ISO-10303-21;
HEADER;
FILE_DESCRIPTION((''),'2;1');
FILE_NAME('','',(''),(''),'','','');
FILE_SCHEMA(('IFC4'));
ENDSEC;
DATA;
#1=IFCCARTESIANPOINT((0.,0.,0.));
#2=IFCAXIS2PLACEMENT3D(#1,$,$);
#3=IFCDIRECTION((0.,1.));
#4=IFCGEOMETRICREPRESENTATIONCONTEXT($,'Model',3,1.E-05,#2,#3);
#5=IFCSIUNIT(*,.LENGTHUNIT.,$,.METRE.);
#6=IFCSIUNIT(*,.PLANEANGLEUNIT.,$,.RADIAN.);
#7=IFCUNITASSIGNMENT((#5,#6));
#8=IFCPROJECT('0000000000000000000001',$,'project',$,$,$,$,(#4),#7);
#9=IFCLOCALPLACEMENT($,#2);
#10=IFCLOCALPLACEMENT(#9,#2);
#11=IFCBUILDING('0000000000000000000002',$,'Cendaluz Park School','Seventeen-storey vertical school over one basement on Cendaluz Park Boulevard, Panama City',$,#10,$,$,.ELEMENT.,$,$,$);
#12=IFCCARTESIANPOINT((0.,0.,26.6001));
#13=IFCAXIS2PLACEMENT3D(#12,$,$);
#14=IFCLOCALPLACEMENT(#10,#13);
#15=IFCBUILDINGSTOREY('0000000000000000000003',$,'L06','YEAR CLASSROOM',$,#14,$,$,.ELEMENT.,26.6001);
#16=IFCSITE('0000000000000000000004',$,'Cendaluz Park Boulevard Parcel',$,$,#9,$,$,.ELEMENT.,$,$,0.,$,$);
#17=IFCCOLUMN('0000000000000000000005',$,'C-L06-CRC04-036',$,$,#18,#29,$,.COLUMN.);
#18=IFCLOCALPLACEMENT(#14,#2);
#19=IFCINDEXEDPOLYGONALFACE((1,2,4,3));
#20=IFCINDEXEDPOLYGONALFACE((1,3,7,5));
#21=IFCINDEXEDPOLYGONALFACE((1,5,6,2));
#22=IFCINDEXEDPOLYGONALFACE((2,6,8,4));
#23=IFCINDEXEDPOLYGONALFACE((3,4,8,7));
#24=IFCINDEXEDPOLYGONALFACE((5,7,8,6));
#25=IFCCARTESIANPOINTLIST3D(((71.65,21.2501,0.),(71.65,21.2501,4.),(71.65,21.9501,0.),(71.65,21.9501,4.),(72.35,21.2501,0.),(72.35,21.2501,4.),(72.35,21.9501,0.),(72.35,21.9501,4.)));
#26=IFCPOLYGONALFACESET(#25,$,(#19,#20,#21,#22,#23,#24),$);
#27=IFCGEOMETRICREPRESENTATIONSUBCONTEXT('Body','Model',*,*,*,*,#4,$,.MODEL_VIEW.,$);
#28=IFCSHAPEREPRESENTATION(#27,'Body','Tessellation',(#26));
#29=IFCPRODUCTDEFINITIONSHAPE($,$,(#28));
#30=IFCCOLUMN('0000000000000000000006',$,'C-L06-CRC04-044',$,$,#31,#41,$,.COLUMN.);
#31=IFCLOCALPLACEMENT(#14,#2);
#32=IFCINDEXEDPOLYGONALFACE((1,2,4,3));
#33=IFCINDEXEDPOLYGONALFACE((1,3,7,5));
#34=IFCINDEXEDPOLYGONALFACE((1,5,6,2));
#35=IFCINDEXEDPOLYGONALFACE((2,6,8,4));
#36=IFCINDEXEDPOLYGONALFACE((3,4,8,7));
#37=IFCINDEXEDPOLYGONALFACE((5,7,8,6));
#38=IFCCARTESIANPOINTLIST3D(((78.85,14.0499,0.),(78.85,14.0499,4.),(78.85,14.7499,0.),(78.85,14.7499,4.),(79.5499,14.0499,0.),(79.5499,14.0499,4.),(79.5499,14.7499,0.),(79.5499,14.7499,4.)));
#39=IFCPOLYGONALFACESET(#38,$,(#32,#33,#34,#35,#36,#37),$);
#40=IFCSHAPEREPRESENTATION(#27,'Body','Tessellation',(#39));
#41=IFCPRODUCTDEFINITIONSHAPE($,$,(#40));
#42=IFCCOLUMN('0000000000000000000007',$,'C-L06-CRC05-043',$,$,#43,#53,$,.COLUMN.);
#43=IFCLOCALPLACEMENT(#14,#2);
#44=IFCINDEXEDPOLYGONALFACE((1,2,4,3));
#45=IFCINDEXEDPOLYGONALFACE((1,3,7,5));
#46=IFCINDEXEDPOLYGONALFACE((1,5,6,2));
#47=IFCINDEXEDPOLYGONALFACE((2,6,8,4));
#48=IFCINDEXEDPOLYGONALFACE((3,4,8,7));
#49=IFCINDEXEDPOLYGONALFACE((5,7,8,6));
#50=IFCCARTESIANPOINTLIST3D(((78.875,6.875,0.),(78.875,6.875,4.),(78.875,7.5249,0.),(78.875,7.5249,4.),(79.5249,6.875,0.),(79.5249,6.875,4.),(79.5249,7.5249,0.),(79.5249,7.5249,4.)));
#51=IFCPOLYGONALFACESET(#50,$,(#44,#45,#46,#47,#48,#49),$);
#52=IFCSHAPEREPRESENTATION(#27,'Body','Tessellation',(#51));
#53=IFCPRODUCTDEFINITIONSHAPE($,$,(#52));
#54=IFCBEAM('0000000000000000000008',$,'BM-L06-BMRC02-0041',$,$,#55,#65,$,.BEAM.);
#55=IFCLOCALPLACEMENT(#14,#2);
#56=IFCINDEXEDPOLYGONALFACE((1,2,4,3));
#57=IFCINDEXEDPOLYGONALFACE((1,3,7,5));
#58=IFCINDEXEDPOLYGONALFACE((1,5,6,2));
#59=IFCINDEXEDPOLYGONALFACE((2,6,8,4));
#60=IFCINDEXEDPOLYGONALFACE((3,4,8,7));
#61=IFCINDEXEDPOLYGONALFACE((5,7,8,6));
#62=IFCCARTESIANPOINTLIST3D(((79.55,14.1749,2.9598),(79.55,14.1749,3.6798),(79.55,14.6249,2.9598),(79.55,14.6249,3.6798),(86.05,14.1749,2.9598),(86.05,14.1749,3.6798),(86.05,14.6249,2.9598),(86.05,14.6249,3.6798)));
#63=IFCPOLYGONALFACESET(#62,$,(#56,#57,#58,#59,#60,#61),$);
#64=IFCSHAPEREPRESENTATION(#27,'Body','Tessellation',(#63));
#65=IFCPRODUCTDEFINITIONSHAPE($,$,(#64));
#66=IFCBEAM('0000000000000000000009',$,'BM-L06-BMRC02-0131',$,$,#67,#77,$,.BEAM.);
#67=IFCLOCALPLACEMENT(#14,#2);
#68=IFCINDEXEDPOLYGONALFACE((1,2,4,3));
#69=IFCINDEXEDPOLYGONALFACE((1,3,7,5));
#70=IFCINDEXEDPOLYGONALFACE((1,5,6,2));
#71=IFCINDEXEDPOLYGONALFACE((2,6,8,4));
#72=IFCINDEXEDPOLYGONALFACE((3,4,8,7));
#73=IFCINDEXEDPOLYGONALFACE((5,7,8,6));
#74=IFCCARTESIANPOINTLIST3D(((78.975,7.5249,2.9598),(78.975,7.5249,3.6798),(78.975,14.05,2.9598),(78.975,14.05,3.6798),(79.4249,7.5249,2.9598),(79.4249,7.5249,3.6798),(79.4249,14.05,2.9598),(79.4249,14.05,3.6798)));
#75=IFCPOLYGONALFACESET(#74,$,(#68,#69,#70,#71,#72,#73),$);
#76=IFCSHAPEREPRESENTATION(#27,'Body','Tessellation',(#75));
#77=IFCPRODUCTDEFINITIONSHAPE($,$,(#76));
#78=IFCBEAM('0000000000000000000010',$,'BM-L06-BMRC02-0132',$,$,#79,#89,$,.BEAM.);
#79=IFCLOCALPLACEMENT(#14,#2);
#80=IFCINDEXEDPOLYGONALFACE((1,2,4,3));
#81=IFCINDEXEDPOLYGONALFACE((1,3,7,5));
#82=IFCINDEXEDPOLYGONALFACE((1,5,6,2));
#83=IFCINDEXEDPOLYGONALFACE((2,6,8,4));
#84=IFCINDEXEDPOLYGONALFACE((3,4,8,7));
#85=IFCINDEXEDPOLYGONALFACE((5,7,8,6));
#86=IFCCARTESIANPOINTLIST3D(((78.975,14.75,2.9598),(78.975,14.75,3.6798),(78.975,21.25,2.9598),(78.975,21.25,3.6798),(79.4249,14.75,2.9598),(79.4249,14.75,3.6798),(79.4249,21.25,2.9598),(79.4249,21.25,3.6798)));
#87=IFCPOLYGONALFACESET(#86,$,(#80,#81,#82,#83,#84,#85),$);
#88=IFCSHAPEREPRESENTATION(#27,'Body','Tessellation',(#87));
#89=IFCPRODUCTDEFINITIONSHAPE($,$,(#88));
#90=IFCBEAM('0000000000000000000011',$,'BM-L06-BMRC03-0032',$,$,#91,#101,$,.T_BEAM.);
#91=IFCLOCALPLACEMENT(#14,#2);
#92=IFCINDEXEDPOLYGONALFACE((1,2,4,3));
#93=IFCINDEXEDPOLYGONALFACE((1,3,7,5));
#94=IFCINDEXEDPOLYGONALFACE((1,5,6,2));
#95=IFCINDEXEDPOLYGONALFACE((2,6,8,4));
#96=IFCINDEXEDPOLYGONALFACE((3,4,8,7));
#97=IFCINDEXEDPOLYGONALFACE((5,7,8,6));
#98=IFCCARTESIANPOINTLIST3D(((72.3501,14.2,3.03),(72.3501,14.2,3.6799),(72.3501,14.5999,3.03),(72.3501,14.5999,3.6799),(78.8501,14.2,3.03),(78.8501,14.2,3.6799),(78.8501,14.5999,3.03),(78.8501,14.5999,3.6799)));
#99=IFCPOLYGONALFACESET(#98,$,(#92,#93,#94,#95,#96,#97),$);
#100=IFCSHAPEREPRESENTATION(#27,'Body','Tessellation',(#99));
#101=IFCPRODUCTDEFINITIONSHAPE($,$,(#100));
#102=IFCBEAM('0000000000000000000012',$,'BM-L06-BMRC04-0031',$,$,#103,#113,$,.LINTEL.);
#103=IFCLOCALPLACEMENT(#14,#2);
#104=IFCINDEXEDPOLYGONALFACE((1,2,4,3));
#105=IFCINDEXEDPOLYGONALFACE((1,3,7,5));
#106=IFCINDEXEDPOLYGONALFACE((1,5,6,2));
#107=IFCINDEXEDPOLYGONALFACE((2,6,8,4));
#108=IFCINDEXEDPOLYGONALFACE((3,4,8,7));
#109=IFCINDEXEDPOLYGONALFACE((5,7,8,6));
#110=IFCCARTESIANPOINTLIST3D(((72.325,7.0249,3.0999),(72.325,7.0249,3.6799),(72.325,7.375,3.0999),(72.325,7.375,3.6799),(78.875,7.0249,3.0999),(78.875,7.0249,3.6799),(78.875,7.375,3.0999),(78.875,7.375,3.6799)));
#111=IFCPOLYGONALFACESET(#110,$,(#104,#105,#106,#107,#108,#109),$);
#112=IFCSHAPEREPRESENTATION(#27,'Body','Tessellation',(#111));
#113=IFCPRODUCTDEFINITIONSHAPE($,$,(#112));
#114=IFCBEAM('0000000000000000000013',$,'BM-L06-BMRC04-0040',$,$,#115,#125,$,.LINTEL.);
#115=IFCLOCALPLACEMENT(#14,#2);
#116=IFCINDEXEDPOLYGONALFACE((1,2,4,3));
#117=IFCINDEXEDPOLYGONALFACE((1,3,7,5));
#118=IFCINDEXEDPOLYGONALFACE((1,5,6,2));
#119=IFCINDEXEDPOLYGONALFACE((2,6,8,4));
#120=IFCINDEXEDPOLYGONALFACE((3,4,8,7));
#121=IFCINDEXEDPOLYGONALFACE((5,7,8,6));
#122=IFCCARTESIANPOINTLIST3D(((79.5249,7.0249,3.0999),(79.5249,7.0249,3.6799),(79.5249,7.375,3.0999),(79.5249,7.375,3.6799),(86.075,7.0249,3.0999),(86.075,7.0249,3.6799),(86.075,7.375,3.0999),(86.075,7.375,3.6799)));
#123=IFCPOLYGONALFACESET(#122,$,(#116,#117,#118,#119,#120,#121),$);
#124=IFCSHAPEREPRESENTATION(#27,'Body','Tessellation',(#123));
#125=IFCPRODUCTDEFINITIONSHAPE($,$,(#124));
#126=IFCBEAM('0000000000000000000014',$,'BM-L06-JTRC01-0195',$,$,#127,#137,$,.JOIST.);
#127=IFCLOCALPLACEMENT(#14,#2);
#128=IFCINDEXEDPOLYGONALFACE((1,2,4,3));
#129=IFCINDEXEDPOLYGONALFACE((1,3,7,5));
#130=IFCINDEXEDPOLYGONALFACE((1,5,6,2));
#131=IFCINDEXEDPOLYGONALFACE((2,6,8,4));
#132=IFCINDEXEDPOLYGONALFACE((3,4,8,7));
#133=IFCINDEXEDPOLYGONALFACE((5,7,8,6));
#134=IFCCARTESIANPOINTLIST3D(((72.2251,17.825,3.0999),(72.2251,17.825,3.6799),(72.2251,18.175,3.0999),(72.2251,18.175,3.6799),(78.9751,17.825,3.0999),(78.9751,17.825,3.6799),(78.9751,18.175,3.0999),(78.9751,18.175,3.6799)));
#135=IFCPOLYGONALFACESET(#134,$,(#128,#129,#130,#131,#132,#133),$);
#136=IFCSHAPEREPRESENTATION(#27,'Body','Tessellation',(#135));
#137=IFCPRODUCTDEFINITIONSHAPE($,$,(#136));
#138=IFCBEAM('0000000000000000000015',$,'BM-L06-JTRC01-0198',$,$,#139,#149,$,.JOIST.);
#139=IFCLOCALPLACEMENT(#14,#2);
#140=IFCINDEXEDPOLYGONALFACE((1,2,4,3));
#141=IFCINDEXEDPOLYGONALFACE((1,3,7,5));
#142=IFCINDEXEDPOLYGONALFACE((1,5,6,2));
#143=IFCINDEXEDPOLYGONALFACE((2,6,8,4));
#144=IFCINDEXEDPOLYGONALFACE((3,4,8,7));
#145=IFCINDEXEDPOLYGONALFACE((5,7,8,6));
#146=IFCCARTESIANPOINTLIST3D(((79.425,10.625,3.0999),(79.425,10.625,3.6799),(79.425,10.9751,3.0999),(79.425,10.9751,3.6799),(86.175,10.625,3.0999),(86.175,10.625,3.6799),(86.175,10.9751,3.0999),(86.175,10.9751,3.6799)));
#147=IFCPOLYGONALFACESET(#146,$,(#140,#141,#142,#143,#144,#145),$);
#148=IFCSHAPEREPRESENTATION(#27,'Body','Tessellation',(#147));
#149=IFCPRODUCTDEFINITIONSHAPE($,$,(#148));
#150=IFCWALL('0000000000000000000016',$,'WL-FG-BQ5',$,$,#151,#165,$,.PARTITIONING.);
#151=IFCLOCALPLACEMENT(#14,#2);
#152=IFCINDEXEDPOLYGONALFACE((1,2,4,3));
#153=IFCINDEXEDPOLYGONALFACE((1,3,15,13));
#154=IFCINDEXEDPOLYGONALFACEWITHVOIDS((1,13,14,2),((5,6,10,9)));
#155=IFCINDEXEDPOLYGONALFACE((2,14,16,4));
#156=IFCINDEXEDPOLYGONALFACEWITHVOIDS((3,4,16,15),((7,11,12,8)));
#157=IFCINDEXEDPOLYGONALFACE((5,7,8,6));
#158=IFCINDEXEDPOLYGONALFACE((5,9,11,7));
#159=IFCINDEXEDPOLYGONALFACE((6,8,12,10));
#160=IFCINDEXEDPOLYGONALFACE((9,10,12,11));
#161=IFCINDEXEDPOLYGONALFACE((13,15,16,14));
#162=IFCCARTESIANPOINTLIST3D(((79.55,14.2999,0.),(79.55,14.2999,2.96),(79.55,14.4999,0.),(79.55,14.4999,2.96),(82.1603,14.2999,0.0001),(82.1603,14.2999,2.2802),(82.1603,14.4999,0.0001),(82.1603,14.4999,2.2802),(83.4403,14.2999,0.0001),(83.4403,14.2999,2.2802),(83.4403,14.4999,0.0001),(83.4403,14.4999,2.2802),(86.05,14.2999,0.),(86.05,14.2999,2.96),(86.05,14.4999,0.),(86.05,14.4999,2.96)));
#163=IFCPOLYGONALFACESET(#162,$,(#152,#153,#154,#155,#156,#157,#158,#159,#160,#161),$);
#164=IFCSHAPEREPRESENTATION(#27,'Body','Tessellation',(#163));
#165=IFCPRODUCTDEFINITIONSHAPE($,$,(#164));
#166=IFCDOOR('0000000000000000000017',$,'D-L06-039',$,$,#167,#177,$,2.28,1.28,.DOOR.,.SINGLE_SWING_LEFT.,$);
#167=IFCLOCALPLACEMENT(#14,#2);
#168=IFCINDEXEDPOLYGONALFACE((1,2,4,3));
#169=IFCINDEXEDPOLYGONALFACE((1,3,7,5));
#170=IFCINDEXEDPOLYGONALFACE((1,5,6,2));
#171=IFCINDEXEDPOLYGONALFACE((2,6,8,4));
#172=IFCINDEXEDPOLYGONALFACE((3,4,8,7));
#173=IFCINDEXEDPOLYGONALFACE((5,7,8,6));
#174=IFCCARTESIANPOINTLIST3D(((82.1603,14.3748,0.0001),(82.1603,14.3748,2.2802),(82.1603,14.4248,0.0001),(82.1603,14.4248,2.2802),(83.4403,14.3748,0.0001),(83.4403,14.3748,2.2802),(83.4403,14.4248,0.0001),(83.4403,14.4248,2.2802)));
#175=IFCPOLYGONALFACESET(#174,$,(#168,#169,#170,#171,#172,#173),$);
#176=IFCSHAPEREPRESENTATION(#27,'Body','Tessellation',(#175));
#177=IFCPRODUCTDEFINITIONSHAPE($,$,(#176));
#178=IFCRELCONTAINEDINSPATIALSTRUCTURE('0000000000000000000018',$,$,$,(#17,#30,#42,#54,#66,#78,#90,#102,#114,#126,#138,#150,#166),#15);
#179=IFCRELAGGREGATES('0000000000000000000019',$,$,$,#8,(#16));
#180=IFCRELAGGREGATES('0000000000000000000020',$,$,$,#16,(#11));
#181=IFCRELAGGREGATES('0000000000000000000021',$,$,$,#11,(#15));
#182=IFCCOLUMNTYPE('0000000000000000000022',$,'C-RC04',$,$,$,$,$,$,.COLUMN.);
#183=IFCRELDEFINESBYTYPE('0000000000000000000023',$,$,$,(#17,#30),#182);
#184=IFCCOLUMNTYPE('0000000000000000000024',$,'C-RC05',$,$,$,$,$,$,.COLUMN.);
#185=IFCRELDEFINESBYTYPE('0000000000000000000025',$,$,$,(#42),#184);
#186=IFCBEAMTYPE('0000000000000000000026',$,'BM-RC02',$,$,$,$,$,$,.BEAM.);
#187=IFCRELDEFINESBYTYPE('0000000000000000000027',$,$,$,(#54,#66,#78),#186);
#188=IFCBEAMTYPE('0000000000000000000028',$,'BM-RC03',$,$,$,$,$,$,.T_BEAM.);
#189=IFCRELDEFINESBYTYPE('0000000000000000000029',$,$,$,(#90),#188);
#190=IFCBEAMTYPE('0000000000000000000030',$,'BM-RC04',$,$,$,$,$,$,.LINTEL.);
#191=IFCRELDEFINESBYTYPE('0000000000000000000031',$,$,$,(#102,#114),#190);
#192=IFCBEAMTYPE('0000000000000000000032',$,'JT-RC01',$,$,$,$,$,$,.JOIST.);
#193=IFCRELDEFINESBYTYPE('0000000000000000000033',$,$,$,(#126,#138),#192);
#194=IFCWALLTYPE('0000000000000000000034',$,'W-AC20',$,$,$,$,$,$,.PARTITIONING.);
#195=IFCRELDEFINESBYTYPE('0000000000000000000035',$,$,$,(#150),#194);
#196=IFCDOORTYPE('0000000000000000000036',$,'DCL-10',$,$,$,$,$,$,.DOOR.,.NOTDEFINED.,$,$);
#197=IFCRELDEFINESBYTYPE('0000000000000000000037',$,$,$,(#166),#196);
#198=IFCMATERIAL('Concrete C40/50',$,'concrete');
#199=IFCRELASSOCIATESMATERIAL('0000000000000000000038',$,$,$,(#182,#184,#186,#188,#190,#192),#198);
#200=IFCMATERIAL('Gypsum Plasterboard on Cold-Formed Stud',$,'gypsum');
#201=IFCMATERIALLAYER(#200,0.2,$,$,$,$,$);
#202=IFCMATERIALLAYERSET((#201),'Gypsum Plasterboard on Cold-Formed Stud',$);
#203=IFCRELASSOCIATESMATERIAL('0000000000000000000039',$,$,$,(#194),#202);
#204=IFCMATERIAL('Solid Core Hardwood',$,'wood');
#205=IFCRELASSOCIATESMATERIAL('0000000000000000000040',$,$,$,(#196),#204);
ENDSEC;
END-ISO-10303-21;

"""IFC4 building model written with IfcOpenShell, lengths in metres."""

from ifc_helpers import new_model, si_unit, direction, frame, frame_2d, origin, origin_2d, place, context, subcontext, project, spatial, rectangle, extrude, material, layer, layer_set, material_profile, profile_set, type_object, element, fill, save


model = new_model("IFC4")

# Units and contexts
model_context = context("Model", 3, precision=1e-05, world=origin(), true_north=direction((0.0, 1.0)))
body_context = subcontext(model_context, "Body", "Model", "MODEL_VIEW")
ifc_project = project(units=[si_unit("LENGTHUNIT", "METRE"), si_unit("PLANEANGLEUNIT", "RADIAN")], contexts=[model_context])

# Site, building, storey
site_placement = place(None, origin())
site = spatial("IfcSite", under=ifc_project, at=site_placement, Name="Cendaluz Park Boulevard Parcel", CompositionType="ELEMENT", RefElevation=0.0)
building_placement = place(site_placement, origin())
building = spatial("IfcBuilding", under=site, at=building_placement, Name="Cendaluz Park School", Description="Seventeen-storey vertical school over one basement on Cendaluz Park Boulevard, Panama City", CompositionType="ELEMENT")
storey_placement = place(building_placement, frame((0.0, 0.0, 26.6001)))
storey = spatial("IfcBuildingStorey", under=building, at=storey_placement, Name="L06", Description="YEAR CLASSROOM", CompositionType="ELEMENT", Elevation=26.6001)

# Columns
ifc_material_1 = material(Name="Concrete C40/50", Category="concrete")
ifc_material_profile_1 = material_profile(ifc_material_1, rectangle(XDim=0.7, YDim=0.7, at=origin_2d()), Name="RC 700x700", Category="concrete")
ifc_profile_set_1 = profile_set([ifc_material_profile_1], Name="Concrete C40/50")
column_type_1 = type_object("IfcColumnType", Name="C-RC04", PredefinedType="COLUMN", material=ifc_profile_set_1)
for number, where, z_axis, x_axis, name in (
    (1, (72.0, 21.6001, 0.0), (0.0, 0.0, 1.0), (1.0, 0.0, 0.0), "C-L06-CRC04-036"),
    (2, (79.2, 14.3999, 0.0), (0.0, 0.0, 1.0), (1.0, 0.0, 0.0), "C-L06-CRC04-044"),
):
    element("IfcColumn", number, at=place(storey_placement, frame(where, z_axis=z_axis, x_axis=x_axis)), inside=storey, type_object=column_type_1, Name=name, PredefinedType="COLUMN", context=body_context, shape_type="SweptSolid", body=[
        extrude(rectangle(XDim=0.7, YDim=0.7, at=origin_2d()), origin(), (0.0, 0.0, 1.0), 4.0),
    ])
ifc_material_profile_2 = material_profile(ifc_material_1, rectangle(XDim=0.6499, YDim=0.6499, at=origin_2d()), Name="RC 650x650", Category="concrete")
ifc_profile_set_2 = profile_set([ifc_material_profile_2], Name="Concrete C40/50")
column_type_2 = type_object("IfcColumnType", Name="C-RC05", PredefinedType="COLUMN", material=ifc_profile_set_2)
column_placement = place(storey_placement, frame((79.2, 7.2, 0.0), z_axis=(0.0, 0.0, 1.0), x_axis=(1.0, 0.0, 0.0)))
element("IfcColumn", 3, at=column_placement, inside=storey, type_object=column_type_2, Name="C-L06-CRC05-043", PredefinedType="COLUMN", context=body_context, shape_type="SweptSolid", body=[
    extrude(rectangle(XDim=0.6499, YDim=0.6499, at=origin_2d()), origin(), (0.0, 0.0, 1.0), 4.0),
])

# Beams
ifc_material_profile_3 = material_profile(ifc_material_1, rectangle(XDim=0.45, YDim=0.72, at=origin_2d()), Name="RC 450x720", Category="concrete")
ifc_profile_set_3 = profile_set([ifc_material_profile_3], Name="Concrete C40/50")
beam_type_1 = type_object("IfcBeamType", Name="BM-RC02", PredefinedType="BEAM", material=ifc_profile_set_3)
beam_1_placement = place(storey_placement, frame((79.55, 14.3999, 3.3198), z_axis=(1.0, 0.0, 0.0), x_axis=(0.0, 1.0, 0.0)))
element("IfcBeam", 4, at=beam_1_placement, inside=storey, type_object=beam_type_1, Name="BM-L06-BMRC02-0041", PredefinedType="BEAM", context=body_context, shape_type="SweptSolid", body=[
    extrude(rectangle(XDim=0.45, YDim=0.72, at=origin_2d()), origin(), (0.0, 0.0, 1.0), 6.5),
])
beam_2_placement = place(storey_placement, frame((79.2, 7.5249, 3.3198), z_axis=(0.0, 1.0, 0.0), x_axis=(-1.0, 0.0, 0.0)))
element("IfcBeam", 5, at=beam_2_placement, inside=storey, type_object=beam_type_1, Name="BM-L06-BMRC02-0131", PredefinedType="BEAM", context=body_context, shape_type="SweptSolid", body=[
    extrude(rectangle(XDim=0.45, YDim=0.72, at=origin_2d()), origin(), (0.0, 0.0, 1.0), 6.5251),
])
beam_3_placement = place(storey_placement, frame((79.2, 14.75, 3.3198), z_axis=(0.0, 1.0, 0.0), x_axis=(-1.0, 0.0, 0.0)))
element("IfcBeam", 6, at=beam_3_placement, inside=storey, type_object=beam_type_1, Name="BM-L06-BMRC02-0132", PredefinedType="BEAM", context=body_context, shape_type="SweptSolid", body=[
    extrude(rectangle(XDim=0.45, YDim=0.72, at=origin_2d()), origin(), (0.0, 0.0, 1.0), 6.5),
])
ifc_material_profile_4 = material_profile(ifc_material_1, rectangle(XDim=0.3999, YDim=0.6499, at=origin_2d()), Name="RC 400x650", Category="concrete")
ifc_profile_set_4 = profile_set([ifc_material_profile_4], Name="Concrete C40/50")
beam_type_2 = type_object("IfcBeamType", Name="BM-RC03", PredefinedType="T_BEAM", material=ifc_profile_set_4)
beam_4_placement = place(storey_placement, frame((72.3501, 14.3999, 3.355), z_axis=(1.0, 0.0, 0.0), x_axis=(0.0, 1.0, 0.0)))
element("IfcBeam", 7, at=beam_4_placement, inside=storey, type_object=beam_type_2, Name="BM-L06-BMRC03-0032", PredefinedType="T_BEAM", context=body_context, shape_type="SweptSolid", body=[
    extrude(rectangle(XDim=0.3999, YDim=0.6499, at=origin_2d()), origin(), (0.0, 0.0, 1.0), 6.5),
])
ifc_material_profile_5 = material_profile(ifc_material_1, rectangle(XDim=0.3501, YDim=0.5801, at=origin_2d()), Name="RC 350x580", Category="concrete")
ifc_profile_set_5 = profile_set([ifc_material_profile_5], Name="Concrete C40/50")
beam_type_3 = type_object("IfcBeamType", Name="BM-RC04", PredefinedType="LINTEL", material=ifc_profile_set_5)
for number, where, z_axis, x_axis, name in (
    (8, (72.325, 7.2, 3.3899), (1.0, 0.0, 0.0), (0.0, 1.0, 0.0), "BM-L06-BMRC04-0031"),
    (9, (79.5249, 7.2, 3.3899), (1.0, 0.0, 0.0), (0.0, 1.0, 0.0), "BM-L06-BMRC04-0040"),
):
    element("IfcBeam", number, at=place(storey_placement, frame(where, z_axis=z_axis, x_axis=x_axis)), inside=storey, type_object=beam_type_3, Name=name, PredefinedType="LINTEL", context=body_context, shape_type="SweptSolid", body=[
        extrude(rectangle(XDim=0.3501, YDim=0.5801, at=origin_2d()), origin(), (0.0, 0.0, 1.0), 6.55),
    ])
ifc_material_profile_6 = material_profile(ifc_material_1, rectangle(XDim=0.3501, YDim=0.5801, at=origin_2d()), Name="RC 350x580", Category="concrete")
ifc_profile_set_6 = profile_set([ifc_material_profile_6], Name="Concrete C40/50")
beam_type_4 = type_object("IfcBeamType", Name="JT-RC01", PredefinedType="JOIST", material=ifc_profile_set_6)
for number, where, z_axis, x_axis, name in (
    (10, (72.2251, 18.0, 3.3899), (1.0, 0.0, 0.0), (0.0, 1.0, 0.0), "BM-L06-JTRC01-0195"),
    (11, (79.425, 10.8, 3.3899), (1.0, 0.0, 0.0), (0.0, 1.0, 0.0), "BM-L06-JTRC01-0198"),
):
    element("IfcBeam", number, at=place(storey_placement, frame(where, z_axis=z_axis, x_axis=x_axis)), inside=storey, type_object=beam_type_4, Name=name, PredefinedType="JOIST", context=body_context, shape_type="SweptSolid", body=[
        extrude(rectangle(XDim=0.3501, YDim=0.5801, at=origin_2d()), origin(), (0.0, 0.0, 1.0), 6.75),
    ])

# Wall, opening, door
ifc_material_2 = material(Name="Gypsum Plasterboard on Cold-Formed Stud", Category="gypsum")
ifc_layer_1 = layer(ifc_material_2, 0.2)
ifc_layer_set_1 = layer_set([ifc_layer_1], Name="Gypsum Plasterboard on Cold-Formed Stud")
wall_type_1 = type_object("IfcWallType", Name="W-AC20", PredefinedType="PARTITIONING", material=ifc_layer_set_1)
wall_1_placement = place(storey_placement, frame((79.55, 14.3999, 0.0), z_axis=(0.0, 0.0, 1.0), x_axis=(1.0, 0.0, 0.0)))
wall_1 = element("IfcWall", 12, at=wall_1_placement, inside=storey, type_object=wall_type_1, Name="WL-FG-BQ5", PredefinedType="PARTITIONING", context=body_context, shape_type="SweptSolid", body=[
    extrude(rectangle(XDim=6.5, YDim=0.2, at=frame_2d((3.25, 0.0))), origin(), (0.0, 0.0, 1.0), 2.96),
])
opening_1_placement = place(wall_1_placement, frame((2.6101, 0.0, 0.0)))
opening_1 = element("IfcOpeningElement", 13, at=opening_1_placement, cuts=wall_1, PredefinedType="OPENING", context=body_context, shape_type="SweptSolid", body=[
    extrude(rectangle(XDim=1.28, YDim=2.28, at=frame_2d((0.6401, 1.1401))), frame((0.0, 0.1121, 0.0), z_axis=(0.0, -1.0, 0.0), x_axis=(1.0, 0.0, 0.0)), (0.0, 0.0, 1.0), 0.2239),
])
ifc_material_3 = material(Name="Solid Core Hardwood", Category="wood")
door_type_1 = type_object("IfcDoorType", Name="DCL-10", OperationType="NOTDEFINED", PredefinedType="DOOR", material=ifc_material_3)
door_1_placement = place(opening_1_placement, origin())
door_1 = element("IfcDoor", 14, at=door_1_placement, inside=storey, type_object=door_type_1, Name="D-L06-039", OperationType="SINGLE_SWING_LEFT", OverallHeight=2.28, OverallWidth=1.28, PredefinedType="DOOR", context=body_context, shape_type="SweptSolid", body=[
    extrude(rectangle(XDim=1.28, YDim=2.28, at=frame_2d((0.6401, 1.1401))), frame((0.0, 0.0249, 0.0), z_axis=(0.0, -1.0, 0.0), x_axis=(1.0, 0.0, 0.0)), (0.0, 0.0, 1.0), 0.05),
])
fill(opening_1, door_1)

save(model, "model.ifc")
